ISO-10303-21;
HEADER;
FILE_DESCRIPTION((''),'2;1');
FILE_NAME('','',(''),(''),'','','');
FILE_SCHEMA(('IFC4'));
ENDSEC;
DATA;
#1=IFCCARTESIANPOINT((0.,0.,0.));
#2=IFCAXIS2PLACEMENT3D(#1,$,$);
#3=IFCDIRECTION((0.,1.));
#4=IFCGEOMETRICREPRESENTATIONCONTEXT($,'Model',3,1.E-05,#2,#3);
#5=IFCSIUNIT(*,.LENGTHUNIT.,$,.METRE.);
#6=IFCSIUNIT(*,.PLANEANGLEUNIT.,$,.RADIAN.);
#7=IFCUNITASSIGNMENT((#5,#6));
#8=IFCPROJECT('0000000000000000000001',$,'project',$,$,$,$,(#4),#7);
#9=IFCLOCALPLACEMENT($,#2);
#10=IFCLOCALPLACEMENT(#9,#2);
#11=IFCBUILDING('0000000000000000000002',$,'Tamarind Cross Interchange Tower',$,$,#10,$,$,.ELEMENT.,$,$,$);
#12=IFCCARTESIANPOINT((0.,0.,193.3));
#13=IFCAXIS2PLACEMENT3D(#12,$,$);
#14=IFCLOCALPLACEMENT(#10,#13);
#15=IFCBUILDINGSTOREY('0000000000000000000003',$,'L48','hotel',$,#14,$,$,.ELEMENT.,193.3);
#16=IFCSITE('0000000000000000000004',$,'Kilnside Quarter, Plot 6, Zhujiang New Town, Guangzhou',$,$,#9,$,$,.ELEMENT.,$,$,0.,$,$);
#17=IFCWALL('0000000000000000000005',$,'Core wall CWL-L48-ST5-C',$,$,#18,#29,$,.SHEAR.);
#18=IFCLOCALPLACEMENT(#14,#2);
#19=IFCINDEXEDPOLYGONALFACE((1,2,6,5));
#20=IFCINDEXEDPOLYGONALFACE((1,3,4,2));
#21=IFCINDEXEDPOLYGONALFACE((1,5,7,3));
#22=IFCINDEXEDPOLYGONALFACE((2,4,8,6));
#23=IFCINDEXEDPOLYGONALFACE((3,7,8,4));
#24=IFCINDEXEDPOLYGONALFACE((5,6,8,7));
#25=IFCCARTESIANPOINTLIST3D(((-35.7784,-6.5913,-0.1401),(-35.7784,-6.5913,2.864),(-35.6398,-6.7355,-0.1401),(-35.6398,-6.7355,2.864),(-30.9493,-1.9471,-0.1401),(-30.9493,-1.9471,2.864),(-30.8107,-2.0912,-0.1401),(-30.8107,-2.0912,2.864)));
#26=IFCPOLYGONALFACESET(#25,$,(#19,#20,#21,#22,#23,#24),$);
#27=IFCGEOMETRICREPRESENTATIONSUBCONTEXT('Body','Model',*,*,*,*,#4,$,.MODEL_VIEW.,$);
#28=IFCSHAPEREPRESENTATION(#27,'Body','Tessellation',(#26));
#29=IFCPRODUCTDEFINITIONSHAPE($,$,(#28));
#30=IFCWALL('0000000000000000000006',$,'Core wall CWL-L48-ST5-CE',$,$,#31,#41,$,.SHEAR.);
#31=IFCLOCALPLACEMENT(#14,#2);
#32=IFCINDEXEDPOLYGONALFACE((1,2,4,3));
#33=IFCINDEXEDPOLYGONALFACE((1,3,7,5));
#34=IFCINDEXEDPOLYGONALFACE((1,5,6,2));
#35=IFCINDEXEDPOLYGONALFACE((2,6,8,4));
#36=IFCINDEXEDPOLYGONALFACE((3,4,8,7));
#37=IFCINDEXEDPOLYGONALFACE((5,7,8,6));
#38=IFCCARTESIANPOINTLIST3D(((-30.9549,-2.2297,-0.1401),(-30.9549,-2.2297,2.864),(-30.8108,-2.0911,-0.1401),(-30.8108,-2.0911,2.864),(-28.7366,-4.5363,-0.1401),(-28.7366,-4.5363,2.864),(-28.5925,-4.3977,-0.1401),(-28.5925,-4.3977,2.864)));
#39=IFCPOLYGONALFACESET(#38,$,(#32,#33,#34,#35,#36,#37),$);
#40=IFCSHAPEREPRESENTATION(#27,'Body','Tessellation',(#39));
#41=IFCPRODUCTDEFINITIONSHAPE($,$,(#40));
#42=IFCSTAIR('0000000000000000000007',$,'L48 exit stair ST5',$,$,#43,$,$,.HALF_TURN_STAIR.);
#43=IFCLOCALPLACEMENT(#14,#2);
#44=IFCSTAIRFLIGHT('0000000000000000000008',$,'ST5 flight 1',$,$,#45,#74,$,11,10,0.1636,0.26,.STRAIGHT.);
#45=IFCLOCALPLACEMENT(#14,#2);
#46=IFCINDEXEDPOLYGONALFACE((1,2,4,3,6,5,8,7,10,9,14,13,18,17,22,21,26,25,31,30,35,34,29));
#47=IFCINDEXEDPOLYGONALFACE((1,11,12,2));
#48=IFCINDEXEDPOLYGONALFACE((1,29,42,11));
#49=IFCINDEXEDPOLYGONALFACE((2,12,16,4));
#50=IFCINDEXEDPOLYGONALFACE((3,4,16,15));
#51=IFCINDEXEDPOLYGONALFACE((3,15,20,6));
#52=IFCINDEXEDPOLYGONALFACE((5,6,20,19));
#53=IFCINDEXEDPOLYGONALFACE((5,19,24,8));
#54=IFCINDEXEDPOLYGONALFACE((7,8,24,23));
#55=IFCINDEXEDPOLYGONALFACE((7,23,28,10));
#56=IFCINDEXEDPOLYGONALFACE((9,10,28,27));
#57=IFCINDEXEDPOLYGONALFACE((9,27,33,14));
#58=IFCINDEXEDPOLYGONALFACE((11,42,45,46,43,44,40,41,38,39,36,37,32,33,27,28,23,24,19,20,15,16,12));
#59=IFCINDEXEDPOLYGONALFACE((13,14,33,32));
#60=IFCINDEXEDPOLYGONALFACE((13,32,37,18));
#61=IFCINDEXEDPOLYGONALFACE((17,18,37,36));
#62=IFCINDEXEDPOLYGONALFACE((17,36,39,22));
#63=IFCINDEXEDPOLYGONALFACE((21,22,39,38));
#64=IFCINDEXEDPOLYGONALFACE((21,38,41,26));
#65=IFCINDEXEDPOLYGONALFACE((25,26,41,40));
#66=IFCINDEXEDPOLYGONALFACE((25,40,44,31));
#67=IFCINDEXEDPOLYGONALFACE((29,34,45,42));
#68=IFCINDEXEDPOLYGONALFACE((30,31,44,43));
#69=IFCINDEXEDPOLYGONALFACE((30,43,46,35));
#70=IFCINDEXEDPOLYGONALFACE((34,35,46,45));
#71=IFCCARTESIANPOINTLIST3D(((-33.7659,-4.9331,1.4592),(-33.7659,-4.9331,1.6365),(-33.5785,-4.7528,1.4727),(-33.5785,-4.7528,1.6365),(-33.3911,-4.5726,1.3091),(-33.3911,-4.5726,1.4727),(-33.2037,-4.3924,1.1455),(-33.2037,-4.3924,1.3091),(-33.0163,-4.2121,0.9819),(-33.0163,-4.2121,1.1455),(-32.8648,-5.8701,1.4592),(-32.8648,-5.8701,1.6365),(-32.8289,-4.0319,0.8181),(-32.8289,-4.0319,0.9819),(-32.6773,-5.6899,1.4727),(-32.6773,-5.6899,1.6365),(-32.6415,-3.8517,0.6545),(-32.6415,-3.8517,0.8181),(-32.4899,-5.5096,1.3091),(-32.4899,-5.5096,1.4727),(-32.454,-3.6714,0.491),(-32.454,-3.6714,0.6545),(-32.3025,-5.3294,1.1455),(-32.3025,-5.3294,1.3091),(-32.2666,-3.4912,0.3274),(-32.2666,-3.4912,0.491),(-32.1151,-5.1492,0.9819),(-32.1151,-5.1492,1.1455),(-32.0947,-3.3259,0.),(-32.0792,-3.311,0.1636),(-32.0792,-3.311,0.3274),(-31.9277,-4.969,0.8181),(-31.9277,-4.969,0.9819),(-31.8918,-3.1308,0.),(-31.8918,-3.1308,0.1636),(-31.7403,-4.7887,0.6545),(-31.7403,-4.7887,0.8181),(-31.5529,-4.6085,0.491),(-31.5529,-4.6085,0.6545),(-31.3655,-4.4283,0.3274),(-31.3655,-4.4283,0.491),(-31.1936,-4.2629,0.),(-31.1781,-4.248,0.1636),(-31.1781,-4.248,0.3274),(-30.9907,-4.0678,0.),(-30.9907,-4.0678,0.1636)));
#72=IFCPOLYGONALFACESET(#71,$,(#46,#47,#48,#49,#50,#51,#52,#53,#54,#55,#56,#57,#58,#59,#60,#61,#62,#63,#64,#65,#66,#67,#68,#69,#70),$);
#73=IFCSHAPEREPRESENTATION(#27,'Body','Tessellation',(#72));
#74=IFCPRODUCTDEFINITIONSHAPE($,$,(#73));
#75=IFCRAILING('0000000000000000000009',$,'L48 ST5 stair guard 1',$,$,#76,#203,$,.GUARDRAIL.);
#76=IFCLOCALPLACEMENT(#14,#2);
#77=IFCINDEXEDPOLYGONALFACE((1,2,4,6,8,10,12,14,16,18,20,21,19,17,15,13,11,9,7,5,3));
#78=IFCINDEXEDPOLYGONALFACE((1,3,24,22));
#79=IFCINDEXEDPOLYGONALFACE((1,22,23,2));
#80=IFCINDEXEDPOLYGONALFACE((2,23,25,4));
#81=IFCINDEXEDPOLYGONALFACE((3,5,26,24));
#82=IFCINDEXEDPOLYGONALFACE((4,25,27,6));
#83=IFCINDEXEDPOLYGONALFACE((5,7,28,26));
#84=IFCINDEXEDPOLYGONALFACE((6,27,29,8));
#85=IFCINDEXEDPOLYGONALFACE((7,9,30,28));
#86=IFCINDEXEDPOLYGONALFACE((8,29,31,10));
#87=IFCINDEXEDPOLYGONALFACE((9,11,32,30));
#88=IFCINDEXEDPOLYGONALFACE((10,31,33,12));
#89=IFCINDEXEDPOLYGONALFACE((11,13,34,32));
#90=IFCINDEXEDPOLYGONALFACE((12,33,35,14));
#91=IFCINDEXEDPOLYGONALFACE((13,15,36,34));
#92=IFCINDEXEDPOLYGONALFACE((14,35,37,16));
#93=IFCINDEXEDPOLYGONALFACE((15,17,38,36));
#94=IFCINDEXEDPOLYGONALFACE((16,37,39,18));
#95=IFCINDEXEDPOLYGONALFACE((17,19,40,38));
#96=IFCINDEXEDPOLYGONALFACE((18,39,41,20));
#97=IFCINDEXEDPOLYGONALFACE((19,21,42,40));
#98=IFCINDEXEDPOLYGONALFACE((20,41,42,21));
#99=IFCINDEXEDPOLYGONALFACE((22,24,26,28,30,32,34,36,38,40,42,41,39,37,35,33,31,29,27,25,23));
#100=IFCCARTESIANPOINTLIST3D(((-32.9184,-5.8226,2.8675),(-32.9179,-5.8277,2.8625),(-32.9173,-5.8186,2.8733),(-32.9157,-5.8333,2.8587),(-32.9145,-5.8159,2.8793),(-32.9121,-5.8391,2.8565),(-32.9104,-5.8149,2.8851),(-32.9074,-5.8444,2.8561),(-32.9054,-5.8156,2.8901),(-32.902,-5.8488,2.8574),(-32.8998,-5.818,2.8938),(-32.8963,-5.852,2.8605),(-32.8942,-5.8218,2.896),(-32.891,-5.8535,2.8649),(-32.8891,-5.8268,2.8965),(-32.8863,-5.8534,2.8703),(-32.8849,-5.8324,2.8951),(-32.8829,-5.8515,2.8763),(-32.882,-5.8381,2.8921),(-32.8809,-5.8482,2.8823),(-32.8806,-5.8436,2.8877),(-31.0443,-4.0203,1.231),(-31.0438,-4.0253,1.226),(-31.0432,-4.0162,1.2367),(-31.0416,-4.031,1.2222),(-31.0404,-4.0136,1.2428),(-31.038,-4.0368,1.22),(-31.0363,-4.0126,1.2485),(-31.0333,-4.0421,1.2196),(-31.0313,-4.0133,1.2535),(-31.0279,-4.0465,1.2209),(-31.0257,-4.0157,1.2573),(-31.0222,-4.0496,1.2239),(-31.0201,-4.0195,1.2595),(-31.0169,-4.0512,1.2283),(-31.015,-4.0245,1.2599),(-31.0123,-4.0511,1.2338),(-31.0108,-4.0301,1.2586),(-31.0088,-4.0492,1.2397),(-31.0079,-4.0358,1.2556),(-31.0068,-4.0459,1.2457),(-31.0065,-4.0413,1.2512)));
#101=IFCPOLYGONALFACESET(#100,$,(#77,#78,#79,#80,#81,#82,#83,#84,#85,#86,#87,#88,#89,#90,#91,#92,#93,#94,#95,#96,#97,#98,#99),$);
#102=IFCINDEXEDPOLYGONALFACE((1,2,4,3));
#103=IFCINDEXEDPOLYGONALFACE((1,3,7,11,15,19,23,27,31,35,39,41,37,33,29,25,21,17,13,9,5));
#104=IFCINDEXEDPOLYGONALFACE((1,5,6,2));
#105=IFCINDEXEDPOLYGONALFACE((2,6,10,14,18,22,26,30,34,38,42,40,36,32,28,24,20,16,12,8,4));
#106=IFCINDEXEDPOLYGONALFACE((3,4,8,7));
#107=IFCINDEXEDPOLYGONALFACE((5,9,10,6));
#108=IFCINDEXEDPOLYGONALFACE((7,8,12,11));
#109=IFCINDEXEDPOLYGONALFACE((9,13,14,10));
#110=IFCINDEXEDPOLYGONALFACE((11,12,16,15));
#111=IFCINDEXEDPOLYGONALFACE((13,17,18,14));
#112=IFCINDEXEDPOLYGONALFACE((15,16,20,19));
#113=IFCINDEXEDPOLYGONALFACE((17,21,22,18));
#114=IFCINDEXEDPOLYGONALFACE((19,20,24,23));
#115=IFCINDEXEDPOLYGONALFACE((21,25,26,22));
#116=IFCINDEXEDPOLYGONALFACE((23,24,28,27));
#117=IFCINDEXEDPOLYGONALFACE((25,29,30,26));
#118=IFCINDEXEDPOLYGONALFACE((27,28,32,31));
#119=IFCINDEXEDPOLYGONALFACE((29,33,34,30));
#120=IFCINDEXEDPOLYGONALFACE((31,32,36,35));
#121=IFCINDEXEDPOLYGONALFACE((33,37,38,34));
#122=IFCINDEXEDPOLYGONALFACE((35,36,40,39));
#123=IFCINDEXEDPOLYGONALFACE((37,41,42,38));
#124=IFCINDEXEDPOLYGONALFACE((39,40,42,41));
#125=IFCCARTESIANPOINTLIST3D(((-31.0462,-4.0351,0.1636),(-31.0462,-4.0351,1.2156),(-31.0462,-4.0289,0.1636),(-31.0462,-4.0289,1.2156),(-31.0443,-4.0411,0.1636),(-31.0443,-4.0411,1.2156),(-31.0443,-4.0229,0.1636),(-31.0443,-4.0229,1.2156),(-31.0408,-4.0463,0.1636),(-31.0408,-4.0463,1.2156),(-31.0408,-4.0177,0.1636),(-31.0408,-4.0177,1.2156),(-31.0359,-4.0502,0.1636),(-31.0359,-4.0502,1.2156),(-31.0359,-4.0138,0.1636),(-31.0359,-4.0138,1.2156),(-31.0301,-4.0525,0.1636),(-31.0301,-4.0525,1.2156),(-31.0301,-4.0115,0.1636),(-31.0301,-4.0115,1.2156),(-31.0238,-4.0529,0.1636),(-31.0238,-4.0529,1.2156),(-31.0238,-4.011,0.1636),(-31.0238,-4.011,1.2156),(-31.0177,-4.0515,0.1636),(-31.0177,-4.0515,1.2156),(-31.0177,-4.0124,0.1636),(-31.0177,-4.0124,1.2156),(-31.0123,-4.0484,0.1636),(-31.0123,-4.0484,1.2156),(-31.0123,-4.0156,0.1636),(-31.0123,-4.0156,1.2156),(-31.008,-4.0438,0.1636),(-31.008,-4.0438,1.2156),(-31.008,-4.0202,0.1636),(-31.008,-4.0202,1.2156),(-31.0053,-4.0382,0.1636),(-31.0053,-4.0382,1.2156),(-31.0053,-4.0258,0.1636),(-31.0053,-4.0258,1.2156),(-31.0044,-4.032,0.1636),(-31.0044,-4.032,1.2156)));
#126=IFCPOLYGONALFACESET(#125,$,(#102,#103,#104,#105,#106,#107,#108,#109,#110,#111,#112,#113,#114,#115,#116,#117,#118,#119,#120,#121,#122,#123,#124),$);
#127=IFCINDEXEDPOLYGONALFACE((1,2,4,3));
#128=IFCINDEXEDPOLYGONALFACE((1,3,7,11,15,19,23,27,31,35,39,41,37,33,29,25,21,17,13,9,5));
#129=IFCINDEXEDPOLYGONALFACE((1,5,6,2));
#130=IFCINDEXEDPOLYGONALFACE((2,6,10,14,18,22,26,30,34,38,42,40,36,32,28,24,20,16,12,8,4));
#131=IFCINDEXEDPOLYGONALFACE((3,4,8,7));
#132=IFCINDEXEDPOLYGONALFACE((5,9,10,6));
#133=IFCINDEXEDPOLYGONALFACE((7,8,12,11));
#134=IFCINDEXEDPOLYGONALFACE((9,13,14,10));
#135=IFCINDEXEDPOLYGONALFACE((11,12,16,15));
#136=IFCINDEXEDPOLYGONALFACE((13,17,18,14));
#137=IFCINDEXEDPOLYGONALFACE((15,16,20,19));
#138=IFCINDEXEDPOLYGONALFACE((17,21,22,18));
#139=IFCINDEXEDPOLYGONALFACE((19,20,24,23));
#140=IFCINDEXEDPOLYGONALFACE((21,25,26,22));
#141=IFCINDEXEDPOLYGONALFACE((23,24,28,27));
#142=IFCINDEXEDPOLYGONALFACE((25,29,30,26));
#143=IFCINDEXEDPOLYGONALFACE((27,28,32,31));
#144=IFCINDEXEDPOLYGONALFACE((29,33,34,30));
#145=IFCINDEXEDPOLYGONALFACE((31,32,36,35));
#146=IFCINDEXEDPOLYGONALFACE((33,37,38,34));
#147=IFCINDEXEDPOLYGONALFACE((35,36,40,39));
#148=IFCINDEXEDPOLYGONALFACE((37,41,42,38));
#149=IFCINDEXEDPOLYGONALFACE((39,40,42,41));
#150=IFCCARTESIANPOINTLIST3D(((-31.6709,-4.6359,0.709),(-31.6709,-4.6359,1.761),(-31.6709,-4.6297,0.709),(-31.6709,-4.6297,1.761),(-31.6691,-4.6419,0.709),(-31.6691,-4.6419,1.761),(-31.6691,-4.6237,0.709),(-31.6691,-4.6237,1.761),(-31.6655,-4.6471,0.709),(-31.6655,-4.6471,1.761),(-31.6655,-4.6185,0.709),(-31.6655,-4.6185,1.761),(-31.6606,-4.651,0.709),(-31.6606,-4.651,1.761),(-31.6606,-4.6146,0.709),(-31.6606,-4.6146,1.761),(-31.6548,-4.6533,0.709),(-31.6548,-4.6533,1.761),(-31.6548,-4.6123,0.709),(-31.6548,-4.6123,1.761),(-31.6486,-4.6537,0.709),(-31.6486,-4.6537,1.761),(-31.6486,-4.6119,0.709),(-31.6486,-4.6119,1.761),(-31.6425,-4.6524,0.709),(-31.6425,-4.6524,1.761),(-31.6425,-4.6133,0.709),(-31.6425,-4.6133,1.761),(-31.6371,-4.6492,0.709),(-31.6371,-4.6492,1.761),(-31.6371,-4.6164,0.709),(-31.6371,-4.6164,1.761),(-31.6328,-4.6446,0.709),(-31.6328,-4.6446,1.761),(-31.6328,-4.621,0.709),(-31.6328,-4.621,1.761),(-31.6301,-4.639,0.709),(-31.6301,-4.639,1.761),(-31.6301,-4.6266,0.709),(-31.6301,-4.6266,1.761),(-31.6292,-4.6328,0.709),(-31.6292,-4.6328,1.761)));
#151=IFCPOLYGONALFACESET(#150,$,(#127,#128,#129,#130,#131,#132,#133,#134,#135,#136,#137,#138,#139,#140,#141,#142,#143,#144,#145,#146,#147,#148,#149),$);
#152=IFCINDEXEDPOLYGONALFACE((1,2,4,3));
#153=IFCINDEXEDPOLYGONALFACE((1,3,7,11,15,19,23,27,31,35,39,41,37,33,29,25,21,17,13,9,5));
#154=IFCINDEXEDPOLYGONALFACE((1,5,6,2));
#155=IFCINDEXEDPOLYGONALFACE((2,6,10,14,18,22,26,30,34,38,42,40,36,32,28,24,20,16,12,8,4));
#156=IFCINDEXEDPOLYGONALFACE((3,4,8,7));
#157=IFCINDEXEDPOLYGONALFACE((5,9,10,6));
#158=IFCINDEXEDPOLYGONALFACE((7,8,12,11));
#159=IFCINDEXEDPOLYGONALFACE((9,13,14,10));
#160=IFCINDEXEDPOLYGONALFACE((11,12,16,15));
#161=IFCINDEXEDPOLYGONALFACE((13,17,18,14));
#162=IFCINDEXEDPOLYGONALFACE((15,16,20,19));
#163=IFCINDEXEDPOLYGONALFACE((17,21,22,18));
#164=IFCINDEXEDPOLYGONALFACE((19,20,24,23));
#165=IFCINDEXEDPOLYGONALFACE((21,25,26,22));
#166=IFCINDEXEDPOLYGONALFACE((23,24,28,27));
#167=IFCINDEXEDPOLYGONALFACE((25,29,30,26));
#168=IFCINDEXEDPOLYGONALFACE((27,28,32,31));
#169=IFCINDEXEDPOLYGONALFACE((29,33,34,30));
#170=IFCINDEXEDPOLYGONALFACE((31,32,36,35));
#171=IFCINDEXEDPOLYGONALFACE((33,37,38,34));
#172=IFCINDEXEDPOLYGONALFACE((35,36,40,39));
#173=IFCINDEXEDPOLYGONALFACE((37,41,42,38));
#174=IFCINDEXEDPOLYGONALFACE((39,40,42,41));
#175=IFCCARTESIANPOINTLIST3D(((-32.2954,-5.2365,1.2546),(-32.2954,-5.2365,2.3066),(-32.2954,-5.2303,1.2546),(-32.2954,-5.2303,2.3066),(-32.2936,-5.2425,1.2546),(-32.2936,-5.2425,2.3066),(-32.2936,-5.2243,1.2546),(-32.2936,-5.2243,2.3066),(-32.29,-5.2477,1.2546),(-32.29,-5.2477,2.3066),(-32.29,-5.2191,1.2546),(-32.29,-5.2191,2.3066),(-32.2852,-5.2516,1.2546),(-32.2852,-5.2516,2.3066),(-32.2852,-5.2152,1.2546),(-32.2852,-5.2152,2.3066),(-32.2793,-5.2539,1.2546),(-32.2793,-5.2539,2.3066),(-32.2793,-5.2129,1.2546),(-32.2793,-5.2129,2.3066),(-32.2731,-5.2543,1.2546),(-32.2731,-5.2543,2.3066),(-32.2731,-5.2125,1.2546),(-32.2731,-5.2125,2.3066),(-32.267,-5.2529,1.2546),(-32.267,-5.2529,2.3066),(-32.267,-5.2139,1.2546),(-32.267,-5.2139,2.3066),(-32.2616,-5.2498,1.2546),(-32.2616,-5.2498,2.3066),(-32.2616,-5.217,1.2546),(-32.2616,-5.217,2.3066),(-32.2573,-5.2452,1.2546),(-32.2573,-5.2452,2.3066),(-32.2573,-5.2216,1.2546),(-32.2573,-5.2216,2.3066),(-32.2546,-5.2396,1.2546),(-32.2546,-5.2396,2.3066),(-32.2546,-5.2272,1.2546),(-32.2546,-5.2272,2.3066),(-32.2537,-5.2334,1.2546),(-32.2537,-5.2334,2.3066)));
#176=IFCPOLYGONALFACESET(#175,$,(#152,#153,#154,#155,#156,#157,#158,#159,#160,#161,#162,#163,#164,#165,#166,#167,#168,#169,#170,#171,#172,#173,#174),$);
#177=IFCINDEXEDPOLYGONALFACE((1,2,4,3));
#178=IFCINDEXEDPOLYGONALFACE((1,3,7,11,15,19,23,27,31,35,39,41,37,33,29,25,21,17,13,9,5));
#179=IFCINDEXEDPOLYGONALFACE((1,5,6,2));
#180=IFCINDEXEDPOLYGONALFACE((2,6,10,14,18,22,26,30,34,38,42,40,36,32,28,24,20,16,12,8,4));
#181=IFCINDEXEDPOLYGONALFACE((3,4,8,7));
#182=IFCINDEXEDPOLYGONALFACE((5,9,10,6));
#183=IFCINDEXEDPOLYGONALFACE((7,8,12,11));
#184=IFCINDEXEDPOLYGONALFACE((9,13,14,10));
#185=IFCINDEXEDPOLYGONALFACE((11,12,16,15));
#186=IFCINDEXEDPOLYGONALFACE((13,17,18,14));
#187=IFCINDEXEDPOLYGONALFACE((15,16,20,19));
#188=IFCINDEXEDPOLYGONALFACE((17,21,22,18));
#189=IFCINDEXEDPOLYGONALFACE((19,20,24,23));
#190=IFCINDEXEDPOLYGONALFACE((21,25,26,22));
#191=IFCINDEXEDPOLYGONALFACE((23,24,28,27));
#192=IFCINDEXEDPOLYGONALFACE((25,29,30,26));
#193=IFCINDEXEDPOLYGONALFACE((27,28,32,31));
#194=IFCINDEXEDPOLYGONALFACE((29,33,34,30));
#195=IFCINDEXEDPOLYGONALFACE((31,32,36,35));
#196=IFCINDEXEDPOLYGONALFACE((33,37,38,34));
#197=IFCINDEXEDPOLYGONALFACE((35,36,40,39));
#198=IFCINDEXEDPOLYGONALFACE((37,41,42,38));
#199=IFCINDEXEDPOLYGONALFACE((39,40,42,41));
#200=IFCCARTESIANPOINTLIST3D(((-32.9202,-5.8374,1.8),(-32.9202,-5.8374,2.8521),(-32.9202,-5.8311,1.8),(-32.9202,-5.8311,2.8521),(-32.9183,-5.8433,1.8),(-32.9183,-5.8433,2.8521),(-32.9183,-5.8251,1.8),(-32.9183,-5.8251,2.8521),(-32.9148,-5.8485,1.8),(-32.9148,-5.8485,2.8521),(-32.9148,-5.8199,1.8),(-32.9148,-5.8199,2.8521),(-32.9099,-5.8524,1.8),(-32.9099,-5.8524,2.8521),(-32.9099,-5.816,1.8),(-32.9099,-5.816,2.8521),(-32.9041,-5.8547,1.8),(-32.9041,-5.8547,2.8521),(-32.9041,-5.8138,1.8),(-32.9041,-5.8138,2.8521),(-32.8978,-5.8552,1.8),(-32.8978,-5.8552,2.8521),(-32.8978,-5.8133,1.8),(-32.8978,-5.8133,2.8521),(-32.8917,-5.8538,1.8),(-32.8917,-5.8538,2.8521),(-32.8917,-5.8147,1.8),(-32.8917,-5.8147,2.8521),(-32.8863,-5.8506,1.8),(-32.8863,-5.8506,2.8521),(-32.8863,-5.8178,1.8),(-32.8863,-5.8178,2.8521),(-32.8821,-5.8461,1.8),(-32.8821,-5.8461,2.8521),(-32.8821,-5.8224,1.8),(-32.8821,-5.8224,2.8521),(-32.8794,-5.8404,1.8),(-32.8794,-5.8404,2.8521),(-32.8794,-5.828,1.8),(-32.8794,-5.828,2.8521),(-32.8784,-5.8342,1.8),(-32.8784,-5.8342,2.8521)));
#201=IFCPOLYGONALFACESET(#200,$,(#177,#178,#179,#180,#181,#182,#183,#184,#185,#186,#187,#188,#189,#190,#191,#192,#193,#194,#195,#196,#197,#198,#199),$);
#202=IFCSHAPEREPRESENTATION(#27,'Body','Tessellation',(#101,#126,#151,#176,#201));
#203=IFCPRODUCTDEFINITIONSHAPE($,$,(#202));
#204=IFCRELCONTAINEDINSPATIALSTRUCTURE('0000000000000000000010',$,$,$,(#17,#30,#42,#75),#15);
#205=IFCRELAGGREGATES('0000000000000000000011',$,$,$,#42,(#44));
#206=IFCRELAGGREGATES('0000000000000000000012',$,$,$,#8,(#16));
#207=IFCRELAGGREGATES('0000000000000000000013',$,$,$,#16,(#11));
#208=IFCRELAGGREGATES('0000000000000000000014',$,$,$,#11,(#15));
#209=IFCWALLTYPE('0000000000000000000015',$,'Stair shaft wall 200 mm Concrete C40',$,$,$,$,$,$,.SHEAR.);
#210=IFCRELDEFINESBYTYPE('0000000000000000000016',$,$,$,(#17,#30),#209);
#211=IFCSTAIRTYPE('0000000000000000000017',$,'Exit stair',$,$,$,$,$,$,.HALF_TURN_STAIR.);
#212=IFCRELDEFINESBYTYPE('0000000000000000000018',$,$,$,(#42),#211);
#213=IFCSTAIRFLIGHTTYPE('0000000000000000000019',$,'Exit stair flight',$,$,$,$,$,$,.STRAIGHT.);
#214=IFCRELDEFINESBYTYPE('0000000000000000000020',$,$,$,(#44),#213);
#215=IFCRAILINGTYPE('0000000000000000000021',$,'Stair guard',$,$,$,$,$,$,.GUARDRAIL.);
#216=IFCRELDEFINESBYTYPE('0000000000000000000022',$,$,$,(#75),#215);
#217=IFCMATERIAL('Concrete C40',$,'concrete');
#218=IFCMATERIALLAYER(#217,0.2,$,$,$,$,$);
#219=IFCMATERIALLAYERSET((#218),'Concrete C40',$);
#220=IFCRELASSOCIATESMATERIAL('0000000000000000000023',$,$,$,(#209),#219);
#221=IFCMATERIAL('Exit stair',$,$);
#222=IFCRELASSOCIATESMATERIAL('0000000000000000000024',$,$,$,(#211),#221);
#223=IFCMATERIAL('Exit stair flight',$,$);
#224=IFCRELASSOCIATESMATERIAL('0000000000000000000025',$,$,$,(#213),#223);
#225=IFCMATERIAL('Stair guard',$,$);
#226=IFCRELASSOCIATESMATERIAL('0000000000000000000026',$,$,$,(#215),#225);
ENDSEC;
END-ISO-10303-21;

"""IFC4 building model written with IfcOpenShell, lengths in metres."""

from ifc_helpers import new_model, si_unit, direction, frame, frame_2d, origin, origin_2d, place, context, subcontext, project, spatial, polyline, rectangle, circle, outline, extrude, material, layer, layer_set, type_object, element, aggregate, save


model = new_model("IFC4")

# Units and contexts
model_context = context("Model", 3, precision=1e-05, world=origin(), true_north=direction((0.0, 1.0)))
body_context = subcontext(model_context, "Body", "Model", "MODEL_VIEW")
ifc_project = project(units=[si_unit("LENGTHUNIT", "METRE"), si_unit("PLANEANGLEUNIT", "RADIAN")], contexts=[model_context])

# Site, building, storey
site_placement = place(None, origin())
site = spatial("IfcSite", under=ifc_project, at=site_placement, Name="Kilnside Quarter, Plot 6, Zhujiang New Town, Guangzhou", CompositionType="ELEMENT", RefElevation=0.0)
building_placement = place(site_placement, origin())
building = spatial("IfcBuilding", under=site, at=building_placement, Name="Tamarind Cross Interchange Tower", CompositionType="ELEMENT")
storey_placement = place(building_placement, frame((0.0, 0.0, 193.3)))
storey = spatial("IfcBuildingStorey", under=building, at=storey_placement, Name="L48", Description="hotel", CompositionType="ELEMENT", Elevation=193.3)

# Shared definitions
ifc_material_1 = material(Name="Concrete C40", Category="concrete")
ifc_layer_1 = layer(ifc_material_1, 0.2)
ifc_layer_set_1 = layer_set([ifc_layer_1], Name="Concrete C40")
wall_type_1 = type_object("IfcWallType", Name="Stair shaft wall 200 mm Concrete C40", PredefinedType="SHEAR", material=ifc_layer_set_1)

# Walls
wall_1_placement = place(storey_placement, frame((-30.8799, -2.019, -0.1401), z_axis=(0.0, 0.0, 1.0), x_axis=(-0.720764, -0.69318, 0.0)))
element("IfcWall", 1, at=wall_1_placement, inside=storey, type_object=wall_type_1, Name="Core wall CWL-L48-ST5-C", PredefinedType="SHEAR", context=body_context, shape_type="SweptSolid", body=[
    extrude(rectangle(XDim=6.7, YDim=0.2, at=frame_2d((3.3501, 0.0))), origin(), (0.0, 0.0, 1.0), 3.0042),
])
wall_2_placement = place(storey_placement, frame((-30.8828, -2.1604, -0.1401), z_axis=(0.0, 0.0, 1.0), x_axis=(0.693164, -0.72078, 0.0)))
element("IfcWall", 2, at=wall_2_placement, inside=storey, type_object=wall_type_1, Name="Core wall CWL-L48-ST5-CE", PredefinedType="SHEAR", context=body_context, shape_type="SweptSolid", body=[
    extrude(rectangle(XDim=3.2002, YDim=0.2, at=frame_2d((1.6001, 0.0))), origin(), (0.0, 0.0, 1.0), 3.0042),
])

# Stair, stair flight
ifc_material_2 = material(Name="Exit stair")
stair_type = type_object("IfcStairType", Name="Exit stair", PredefinedType="HALF_TURN_STAIR", material=ifc_material_2)
stair_placement = place(storey_placement, origin())
stair = element("IfcStair", 3, at=stair_placement, inside=storey, type_object=stair_type, Name="L48 exit stair ST5", PredefinedType="HALF_TURN_STAIR")
ifc_material_3 = material(Name="Exit stair flight")
stair_flight_type = type_object("IfcStairFlightType", Name="Exit stair flight", PredefinedType="STRAIGHT", material=ifc_material_3)
stair_flight_placement = place(storey_placement, frame((-31.4412, -3.5994, 0.0), z_axis=(0.0, 0.0, 1.0), x_axis=(-0.720774, -0.69317, 0.0)))
stair_flight = element("IfcStairFlight", 4, at=stair_flight_placement, type_object=stair_flight_type, Name="ST5 flight 1", NumberOfRisers=11, NumberOfTreads=10, PredefinedType="STRAIGHT", RiserHeight=0.1636, TreadLength=0.26, context=body_context, shape_type="SweptSolid", body=[
    extrude(outline(polyline([(0.0, 0.0), (0.0, 0.1636), (0.26, 0.1636), (0.26, 0.3274), (0.52, 0.3274), (0.52, 0.491), (0.78, 0.491), (0.78, 0.6545), (1.04, 0.6545), (1.04, 0.8181), (1.3, 0.8181), (1.3, 0.9819), (1.5601, 0.9819), (1.5601, 1.1455), (1.8201, 1.1455), (1.8201, 1.3091), (2.0801, 1.3091), (2.0801, 1.4727), (2.3401, 1.4727), (2.3401, 1.6365), (2.6001, 1.6365), (2.6001, 1.8), (2.6001, 1.4592), (0.2815, 0.0), (0.0, 0.0)])), frame((0.0, 0.6499, 0.0), z_axis=(0.0, -1.0, 0.0), x_axis=(1.0, 0.0, 0.0)), (0.0, 0.0, 1.0), 1.3),
])
aggregate(stair, [stair_flight])

# Railing
ifc_material_4 = material(Name="Stair guard")
railing_type_1 = type_object("IfcRailingType", Name="Stair guard", PredefinedType="GUARDRAIL", material=ifc_material_4)
railing_1_placement = place(storey_placement, frame((-31.0254, -4.032, 0.1636)))
element("IfcRailing", 5, at=railing_1_placement, inside=storey, type_object=railing_type_1, Name="L48 ST5 stair guard 1", PredefinedType="GUARDRAIL", context=body_context, shape_type="SweptSolid", body=[
    extrude(circle(Radius=0.0239, at=origin_2d()), frame((0.0, 0.0, 1.0762), z_axis=(-0.610004, -0.58664, 0.532681), x_axis=(0.693169, -0.720775, 0.0)), (0.0, 0.0, 1.0), 3.0723),
    extrude(circle(Radius=0.021, at=origin_2d()), origin(), (0.0, 0.0, 1.0), 1.052),
    extrude(circle(Radius=0.021, at=origin_2d()), frame((-0.6248, -0.6008, 0.5454)), (0.0, 0.0, 1.0), 1.052),
    extrude(circle(Radius=0.021, at=origin_2d()), frame((-1.2493, -1.2014, 1.0911)), (0.0, 0.0, 1.0), 1.052),
    extrude(circle(Radius=0.021, at=origin_2d()), frame((-1.874, -1.8022, 1.6365)), (0.0, 0.0, 1.0), 1.052),
])

save(model, "model.ifc")
